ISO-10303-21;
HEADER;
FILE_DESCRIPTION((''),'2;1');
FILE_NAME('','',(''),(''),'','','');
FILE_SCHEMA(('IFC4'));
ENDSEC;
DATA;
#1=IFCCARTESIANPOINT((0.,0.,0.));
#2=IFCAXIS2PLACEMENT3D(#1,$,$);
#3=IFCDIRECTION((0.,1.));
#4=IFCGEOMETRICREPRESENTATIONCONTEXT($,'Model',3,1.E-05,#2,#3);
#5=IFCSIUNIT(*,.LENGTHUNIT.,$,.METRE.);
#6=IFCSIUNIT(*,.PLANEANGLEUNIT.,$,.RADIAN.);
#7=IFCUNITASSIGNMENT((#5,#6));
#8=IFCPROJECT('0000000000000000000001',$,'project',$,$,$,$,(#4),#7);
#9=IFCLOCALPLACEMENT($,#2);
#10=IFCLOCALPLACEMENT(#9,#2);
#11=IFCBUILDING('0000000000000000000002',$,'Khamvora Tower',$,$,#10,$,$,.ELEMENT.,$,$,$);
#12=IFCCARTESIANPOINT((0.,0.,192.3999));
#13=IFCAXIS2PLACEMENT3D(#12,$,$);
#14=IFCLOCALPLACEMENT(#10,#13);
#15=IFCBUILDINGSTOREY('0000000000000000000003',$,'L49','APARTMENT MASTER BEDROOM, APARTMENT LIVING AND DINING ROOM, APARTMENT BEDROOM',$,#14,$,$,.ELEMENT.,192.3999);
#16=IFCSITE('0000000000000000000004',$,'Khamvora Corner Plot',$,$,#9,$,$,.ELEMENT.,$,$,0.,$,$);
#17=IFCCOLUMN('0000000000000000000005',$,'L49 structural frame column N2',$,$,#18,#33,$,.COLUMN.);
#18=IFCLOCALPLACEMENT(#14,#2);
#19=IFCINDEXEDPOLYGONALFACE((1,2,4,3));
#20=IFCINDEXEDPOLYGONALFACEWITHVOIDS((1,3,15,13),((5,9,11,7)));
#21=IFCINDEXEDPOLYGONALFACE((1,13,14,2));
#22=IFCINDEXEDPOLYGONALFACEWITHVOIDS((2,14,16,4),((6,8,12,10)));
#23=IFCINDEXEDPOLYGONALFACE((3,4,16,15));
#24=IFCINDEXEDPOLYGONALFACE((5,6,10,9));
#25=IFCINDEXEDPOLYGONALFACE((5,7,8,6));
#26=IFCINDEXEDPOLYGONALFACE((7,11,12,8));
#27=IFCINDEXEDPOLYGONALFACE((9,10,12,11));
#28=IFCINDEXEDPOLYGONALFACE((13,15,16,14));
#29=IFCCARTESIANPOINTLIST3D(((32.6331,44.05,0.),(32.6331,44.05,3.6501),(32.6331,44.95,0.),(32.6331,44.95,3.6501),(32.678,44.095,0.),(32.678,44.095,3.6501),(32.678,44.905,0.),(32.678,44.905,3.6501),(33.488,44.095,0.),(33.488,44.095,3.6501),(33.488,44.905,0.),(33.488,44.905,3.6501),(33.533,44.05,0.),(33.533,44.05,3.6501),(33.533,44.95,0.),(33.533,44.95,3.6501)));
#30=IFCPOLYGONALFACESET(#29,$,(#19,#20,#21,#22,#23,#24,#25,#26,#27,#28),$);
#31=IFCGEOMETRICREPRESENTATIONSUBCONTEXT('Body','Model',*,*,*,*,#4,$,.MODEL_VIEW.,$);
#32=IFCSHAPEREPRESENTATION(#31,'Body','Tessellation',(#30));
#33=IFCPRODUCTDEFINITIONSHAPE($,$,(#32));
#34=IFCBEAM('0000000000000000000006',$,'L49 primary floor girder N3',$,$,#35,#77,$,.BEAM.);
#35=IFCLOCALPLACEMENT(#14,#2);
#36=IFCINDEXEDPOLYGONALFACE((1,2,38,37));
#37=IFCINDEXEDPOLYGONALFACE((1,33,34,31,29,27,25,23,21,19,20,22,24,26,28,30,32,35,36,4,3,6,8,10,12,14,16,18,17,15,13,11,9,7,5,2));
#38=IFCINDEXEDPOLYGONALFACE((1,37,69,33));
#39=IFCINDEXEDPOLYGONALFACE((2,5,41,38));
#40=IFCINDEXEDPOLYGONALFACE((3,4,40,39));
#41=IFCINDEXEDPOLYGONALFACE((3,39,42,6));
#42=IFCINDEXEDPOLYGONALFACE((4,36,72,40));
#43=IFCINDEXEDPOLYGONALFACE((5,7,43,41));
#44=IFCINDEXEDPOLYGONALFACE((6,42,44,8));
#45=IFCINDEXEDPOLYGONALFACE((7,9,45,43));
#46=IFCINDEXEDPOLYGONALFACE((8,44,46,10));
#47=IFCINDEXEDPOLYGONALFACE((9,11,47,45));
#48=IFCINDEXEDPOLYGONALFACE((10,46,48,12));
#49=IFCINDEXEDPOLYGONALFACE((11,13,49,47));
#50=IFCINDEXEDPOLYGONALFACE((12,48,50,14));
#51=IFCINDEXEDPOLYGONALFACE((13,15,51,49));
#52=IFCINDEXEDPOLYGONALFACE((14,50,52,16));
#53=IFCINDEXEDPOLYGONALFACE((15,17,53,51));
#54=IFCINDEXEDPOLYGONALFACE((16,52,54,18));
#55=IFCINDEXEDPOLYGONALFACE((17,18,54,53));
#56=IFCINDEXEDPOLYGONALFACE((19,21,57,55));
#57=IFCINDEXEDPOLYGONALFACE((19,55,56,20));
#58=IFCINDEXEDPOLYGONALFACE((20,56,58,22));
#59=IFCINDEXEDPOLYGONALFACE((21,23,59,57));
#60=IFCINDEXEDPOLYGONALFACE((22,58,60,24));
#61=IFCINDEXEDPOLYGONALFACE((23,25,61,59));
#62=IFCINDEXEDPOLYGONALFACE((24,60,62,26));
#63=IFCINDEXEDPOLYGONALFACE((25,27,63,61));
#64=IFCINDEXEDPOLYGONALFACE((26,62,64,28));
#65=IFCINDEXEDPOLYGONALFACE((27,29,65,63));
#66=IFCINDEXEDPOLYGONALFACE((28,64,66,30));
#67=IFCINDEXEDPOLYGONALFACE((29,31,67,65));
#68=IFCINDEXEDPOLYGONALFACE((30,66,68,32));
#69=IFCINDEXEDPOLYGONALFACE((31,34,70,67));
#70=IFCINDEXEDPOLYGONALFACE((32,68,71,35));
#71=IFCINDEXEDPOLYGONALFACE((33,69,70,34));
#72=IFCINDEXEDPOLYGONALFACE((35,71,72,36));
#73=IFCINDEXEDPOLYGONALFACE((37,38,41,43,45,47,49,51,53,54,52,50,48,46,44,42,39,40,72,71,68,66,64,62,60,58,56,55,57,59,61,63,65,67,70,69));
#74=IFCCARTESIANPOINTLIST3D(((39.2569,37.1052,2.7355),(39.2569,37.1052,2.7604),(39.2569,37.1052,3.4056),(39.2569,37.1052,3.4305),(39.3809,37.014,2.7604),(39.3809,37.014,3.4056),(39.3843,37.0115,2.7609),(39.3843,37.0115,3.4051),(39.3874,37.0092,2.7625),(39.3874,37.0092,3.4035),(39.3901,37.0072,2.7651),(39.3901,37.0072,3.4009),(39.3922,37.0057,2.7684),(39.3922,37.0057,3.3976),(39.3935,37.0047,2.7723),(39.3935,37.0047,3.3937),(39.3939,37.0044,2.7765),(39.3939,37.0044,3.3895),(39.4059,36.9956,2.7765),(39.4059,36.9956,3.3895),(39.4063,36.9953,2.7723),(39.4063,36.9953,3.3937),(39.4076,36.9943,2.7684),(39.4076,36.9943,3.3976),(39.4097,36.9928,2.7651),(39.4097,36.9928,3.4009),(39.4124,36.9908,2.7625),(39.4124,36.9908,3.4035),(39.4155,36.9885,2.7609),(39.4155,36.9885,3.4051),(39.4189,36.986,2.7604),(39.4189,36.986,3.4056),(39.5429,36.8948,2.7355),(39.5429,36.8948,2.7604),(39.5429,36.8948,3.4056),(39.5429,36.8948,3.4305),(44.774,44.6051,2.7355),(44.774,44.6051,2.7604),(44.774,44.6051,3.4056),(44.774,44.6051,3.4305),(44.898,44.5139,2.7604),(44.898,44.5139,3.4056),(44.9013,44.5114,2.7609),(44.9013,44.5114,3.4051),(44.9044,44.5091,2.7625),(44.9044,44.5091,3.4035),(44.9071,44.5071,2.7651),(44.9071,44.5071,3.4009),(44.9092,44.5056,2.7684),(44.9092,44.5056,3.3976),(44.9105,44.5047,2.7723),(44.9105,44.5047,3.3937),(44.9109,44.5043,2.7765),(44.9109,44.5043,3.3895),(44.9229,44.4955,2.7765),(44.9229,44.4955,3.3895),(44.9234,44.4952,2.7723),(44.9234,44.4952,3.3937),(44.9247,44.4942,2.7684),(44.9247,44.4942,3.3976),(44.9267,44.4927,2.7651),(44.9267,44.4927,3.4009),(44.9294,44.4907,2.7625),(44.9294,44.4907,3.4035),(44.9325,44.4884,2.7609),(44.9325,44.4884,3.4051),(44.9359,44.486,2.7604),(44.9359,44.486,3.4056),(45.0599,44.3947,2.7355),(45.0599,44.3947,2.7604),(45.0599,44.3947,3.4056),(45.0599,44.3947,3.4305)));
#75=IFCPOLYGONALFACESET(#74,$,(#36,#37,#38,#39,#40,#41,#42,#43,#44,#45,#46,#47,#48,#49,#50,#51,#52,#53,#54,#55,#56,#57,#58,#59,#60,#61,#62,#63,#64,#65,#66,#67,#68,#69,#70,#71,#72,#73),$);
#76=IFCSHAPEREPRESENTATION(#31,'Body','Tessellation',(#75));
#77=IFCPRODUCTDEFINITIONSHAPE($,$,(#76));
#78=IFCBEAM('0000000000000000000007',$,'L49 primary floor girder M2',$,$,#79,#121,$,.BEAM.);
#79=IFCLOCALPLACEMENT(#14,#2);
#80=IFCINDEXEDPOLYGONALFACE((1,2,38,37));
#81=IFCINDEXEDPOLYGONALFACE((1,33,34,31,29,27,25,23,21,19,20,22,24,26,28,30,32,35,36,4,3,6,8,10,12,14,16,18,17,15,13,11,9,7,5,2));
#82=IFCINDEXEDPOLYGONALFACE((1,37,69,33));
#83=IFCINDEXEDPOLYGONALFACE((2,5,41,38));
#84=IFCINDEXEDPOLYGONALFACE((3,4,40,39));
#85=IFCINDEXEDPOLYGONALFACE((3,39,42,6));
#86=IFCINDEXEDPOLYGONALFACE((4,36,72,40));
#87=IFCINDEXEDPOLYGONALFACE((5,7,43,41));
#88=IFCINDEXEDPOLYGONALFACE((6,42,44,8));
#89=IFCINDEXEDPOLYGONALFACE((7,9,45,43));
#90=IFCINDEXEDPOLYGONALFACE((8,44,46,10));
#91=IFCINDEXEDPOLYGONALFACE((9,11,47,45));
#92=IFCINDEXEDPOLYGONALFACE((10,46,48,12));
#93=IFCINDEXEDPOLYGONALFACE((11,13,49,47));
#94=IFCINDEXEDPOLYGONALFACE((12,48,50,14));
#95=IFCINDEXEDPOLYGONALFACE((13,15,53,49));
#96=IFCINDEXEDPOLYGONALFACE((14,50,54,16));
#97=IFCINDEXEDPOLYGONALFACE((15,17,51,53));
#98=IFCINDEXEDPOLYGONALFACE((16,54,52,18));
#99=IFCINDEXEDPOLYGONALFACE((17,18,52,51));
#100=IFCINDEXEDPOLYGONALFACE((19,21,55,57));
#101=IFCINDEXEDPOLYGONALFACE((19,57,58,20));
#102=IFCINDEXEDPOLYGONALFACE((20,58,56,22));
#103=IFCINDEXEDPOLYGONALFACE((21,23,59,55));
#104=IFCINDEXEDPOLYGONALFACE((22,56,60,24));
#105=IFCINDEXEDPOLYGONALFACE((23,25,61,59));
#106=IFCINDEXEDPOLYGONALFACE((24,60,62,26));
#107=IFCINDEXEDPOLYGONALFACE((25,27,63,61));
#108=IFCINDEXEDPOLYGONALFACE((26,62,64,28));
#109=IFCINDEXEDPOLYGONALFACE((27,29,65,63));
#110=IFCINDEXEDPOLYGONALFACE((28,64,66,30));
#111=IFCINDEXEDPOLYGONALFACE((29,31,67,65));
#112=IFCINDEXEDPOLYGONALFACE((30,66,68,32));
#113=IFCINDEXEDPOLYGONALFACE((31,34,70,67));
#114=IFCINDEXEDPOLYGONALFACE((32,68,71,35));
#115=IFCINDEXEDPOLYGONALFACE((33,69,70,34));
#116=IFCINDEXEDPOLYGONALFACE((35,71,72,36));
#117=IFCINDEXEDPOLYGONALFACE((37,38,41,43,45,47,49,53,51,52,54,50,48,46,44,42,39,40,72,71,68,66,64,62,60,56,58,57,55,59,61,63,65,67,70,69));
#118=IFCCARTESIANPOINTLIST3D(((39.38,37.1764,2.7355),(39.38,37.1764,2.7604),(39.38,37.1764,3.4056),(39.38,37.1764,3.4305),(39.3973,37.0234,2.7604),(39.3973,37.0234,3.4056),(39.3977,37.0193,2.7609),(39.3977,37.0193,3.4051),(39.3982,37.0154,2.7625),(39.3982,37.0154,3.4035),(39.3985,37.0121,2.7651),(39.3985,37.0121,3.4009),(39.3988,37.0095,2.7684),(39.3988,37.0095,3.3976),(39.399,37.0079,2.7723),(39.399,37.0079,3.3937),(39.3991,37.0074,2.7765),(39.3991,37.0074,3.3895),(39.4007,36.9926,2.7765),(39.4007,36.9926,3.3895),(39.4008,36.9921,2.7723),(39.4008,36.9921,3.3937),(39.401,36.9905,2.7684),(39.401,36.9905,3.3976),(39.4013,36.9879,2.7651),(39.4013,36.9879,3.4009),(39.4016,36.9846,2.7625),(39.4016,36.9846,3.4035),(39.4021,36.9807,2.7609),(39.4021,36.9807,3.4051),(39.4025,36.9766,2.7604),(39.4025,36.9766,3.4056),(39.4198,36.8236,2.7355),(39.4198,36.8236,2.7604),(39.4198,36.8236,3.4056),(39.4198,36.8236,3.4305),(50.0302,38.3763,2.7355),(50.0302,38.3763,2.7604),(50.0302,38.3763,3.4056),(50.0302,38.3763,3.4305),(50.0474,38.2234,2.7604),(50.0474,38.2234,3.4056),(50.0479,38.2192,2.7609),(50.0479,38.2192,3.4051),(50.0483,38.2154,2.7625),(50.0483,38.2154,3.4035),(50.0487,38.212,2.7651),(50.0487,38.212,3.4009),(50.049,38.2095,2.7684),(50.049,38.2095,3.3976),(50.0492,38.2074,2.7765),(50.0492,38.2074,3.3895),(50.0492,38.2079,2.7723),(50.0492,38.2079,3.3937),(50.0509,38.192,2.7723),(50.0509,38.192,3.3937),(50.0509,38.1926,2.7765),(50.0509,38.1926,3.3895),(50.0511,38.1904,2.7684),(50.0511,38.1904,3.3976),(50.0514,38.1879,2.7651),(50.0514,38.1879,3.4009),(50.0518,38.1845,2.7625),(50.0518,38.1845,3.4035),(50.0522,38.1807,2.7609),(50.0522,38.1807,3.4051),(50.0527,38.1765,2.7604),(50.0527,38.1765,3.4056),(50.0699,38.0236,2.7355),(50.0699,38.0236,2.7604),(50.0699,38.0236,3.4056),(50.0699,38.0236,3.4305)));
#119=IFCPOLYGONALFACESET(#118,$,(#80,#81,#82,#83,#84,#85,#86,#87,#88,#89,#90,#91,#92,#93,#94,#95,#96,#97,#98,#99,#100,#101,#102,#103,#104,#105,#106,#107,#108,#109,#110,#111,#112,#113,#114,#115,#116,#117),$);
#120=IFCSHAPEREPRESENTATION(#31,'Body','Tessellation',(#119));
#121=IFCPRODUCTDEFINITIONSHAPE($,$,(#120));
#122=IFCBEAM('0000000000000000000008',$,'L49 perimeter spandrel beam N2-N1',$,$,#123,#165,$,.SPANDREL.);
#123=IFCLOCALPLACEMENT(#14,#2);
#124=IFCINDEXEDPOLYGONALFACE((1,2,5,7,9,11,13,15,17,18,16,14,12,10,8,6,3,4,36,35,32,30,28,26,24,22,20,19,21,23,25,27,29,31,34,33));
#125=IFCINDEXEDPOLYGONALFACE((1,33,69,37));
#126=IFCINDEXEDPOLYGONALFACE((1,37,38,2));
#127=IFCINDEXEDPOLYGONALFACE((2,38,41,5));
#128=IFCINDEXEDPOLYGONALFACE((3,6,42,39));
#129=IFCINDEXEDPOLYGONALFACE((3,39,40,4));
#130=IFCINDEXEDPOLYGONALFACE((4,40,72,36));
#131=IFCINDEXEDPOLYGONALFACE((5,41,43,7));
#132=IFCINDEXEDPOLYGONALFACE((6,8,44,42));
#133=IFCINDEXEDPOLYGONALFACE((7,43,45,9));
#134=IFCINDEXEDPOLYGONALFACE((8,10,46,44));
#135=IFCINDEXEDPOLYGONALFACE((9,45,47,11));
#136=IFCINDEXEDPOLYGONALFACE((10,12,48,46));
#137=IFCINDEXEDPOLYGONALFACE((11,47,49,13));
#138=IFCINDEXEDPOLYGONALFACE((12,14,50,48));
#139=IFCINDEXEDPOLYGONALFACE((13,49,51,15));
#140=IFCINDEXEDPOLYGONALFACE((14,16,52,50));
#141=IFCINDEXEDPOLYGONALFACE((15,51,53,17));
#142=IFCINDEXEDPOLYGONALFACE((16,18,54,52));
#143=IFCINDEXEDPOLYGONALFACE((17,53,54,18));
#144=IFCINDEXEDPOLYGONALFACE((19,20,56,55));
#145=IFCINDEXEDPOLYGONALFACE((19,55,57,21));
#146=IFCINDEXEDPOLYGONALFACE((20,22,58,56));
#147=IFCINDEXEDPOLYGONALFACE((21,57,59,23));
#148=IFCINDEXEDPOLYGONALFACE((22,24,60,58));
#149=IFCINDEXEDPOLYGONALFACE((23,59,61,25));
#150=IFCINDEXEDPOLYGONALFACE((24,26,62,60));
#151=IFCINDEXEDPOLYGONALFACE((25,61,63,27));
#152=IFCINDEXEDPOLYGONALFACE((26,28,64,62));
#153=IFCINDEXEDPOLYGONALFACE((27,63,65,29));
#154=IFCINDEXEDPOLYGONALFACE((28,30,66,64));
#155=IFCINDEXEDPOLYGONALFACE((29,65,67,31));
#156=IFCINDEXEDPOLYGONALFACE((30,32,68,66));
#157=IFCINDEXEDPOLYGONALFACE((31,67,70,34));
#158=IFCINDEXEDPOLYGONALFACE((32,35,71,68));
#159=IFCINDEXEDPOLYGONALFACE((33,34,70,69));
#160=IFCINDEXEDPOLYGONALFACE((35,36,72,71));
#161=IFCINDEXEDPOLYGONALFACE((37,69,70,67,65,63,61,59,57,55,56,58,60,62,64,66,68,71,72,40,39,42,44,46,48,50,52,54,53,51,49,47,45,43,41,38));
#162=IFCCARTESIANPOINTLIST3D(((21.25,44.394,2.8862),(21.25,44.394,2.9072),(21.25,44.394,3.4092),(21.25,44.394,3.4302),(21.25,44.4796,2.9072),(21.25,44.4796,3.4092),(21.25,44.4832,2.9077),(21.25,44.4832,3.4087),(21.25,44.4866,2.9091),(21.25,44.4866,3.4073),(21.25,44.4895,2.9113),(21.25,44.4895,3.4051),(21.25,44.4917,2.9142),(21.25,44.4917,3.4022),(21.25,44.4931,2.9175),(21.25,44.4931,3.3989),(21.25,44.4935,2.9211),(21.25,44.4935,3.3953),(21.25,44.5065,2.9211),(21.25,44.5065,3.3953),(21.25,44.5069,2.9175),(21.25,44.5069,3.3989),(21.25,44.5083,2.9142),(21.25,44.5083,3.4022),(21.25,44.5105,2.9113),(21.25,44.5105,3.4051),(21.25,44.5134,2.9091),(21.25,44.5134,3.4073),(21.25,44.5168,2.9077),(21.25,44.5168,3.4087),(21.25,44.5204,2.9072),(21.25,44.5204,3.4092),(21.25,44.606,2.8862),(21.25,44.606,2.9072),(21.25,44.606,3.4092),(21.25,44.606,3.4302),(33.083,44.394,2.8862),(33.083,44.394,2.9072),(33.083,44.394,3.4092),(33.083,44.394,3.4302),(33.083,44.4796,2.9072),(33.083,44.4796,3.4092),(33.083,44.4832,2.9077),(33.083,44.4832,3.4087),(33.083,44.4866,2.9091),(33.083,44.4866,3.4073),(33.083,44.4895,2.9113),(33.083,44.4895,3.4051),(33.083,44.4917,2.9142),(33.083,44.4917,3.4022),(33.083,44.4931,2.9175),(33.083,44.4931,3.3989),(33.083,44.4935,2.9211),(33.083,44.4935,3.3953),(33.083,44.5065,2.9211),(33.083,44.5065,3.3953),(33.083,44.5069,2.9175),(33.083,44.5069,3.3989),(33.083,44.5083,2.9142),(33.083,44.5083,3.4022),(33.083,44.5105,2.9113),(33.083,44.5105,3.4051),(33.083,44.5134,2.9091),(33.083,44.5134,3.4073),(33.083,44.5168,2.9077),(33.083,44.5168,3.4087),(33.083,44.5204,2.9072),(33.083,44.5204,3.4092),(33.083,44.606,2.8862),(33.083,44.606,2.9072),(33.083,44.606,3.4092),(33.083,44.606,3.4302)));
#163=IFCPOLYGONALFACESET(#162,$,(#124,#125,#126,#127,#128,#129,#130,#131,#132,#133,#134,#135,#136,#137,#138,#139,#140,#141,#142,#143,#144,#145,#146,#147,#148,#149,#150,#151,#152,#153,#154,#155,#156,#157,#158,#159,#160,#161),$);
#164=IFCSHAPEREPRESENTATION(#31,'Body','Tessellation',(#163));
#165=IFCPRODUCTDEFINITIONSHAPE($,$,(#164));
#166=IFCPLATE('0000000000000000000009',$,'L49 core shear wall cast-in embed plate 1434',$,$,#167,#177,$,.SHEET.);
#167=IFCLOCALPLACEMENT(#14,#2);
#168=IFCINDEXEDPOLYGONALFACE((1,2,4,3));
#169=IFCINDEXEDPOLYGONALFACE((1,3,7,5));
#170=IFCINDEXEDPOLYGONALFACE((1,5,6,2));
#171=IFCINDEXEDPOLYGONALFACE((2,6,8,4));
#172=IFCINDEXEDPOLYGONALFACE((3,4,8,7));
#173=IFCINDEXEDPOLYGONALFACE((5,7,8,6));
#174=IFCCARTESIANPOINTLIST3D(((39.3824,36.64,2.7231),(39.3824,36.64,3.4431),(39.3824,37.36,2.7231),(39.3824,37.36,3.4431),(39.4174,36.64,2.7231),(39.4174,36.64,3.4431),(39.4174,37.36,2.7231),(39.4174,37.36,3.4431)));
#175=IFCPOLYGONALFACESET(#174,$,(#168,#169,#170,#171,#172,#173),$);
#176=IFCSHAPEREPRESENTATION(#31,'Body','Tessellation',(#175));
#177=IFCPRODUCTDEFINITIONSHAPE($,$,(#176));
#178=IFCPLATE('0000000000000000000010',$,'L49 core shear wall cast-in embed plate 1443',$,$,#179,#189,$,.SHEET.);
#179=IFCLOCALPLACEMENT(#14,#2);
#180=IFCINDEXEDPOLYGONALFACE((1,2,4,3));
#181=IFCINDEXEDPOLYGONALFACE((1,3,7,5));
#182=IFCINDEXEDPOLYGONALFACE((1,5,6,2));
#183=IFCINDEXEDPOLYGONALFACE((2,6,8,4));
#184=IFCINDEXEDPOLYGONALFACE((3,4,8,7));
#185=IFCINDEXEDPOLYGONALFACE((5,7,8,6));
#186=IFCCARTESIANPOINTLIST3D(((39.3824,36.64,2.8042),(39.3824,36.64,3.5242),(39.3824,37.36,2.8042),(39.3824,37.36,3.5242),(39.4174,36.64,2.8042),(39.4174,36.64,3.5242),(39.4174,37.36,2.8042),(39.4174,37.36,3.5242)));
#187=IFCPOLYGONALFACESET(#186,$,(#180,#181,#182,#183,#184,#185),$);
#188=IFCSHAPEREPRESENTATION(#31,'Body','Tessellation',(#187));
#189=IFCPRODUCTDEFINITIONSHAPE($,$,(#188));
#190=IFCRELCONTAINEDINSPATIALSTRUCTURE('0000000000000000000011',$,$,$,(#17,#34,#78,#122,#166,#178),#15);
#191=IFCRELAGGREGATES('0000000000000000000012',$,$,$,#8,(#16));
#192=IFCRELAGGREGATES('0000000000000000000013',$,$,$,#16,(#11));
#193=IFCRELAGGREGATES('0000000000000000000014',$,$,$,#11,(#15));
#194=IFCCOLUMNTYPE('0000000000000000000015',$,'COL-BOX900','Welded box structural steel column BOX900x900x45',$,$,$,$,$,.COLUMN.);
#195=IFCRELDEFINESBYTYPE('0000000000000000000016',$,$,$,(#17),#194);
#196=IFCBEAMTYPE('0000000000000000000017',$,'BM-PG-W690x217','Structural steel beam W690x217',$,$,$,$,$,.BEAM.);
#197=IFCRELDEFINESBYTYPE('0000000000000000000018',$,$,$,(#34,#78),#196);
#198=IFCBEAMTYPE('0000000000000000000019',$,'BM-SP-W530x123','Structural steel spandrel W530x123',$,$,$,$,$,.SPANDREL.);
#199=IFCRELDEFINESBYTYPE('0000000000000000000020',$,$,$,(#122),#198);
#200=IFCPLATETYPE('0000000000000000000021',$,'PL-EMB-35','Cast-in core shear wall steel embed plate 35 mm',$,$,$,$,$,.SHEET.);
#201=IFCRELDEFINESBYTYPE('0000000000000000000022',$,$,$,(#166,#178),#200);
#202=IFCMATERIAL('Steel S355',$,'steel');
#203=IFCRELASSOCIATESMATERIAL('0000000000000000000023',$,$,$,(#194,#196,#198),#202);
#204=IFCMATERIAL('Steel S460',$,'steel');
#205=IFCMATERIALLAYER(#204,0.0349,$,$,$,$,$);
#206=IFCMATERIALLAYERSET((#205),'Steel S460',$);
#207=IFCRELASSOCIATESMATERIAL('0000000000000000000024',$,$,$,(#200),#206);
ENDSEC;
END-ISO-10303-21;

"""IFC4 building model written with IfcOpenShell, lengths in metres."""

from ifc_helpers import new_model, si_unit, direction, frame, origin, origin_2d, place, context, subcontext, project, spatial, rectangle, hollow_rectangle, i_section, extrude, material, layer, layer_set, material_profile, profile_set, type_object, element, save


model = new_model("IFC4")

# Units and contexts
model_context = context("Model", 3, precision=1e-05, world=origin(), true_north=direction((0.0, 1.0)))
body_context = subcontext(model_context, "Body", "Model", "MODEL_VIEW")
ifc_project = project(units=[si_unit("LENGTHUNIT", "METRE"), si_unit("PLANEANGLEUNIT", "RADIAN")], contexts=[model_context])

# Site, building, storey
site_placement = place(None, origin())
site = spatial("IfcSite", under=ifc_project, at=site_placement, Name="Khamvora Corner Plot", CompositionType="ELEMENT", RefElevation=0.0)
building_placement = place(site_placement, origin())
building = spatial("IfcBuilding", under=site, at=building_placement, Name="Khamvora Tower", CompositionType="ELEMENT")
storey_placement = place(building_placement, frame((0.0, 0.0, 192.3999)))
storey = spatial("IfcBuildingStorey", under=building, at=storey_placement, Name="L49", Description="APARTMENT MASTER BEDROOM, APARTMENT LIVING AND DINING ROOM, APARTMENT BEDROOM", CompositionType="ELEMENT", Elevation=192.3999)

# Column
ifc_material_1 = material(Name="Steel S355", Category="steel")
ifc_material_profile_1 = material_profile(ifc_material_1, hollow_rectangle(XDim=0.8999, YDim=0.8999, WallThickness=0.0449, at=origin_2d()), Name="BOX900x900x45")
ifc_profile_set_1 = profile_set([ifc_material_profile_1], Name="Steel S355")
column_type = type_object("IfcColumnType", Name="COL-BOX900", Description="Welded box structural steel column BOX900x900x45", PredefinedType="COLUMN", material=ifc_profile_set_1)
column_placement = place(storey_placement, frame((33.083, 44.5, 0.0), z_axis=(0.0, 0.0, 1.0), x_axis=(1.0, 0.0, 0.0)))
element("IfcColumn", 1, at=column_placement, inside=storey, type_object=column_type, Name="L49 structural frame column N2", PredefinedType="COLUMN", context=body_context, shape_type="SweptSolid", body=[
    extrude(hollow_rectangle(XDim=0.8999, YDim=0.8999, WallThickness=0.0449, at=origin_2d()), origin(), (0.0, 0.0, 1.0), 3.6501),
])

# Beams
ifc_material_profile_2 = material_profile(ifc_material_1, i_section(OverallWidth=0.355, OverallDepth=0.6951, WebThickness=0.0149, FlangeThickness=0.0249, FilletRadius=0.0161, at=origin_2d()), Name="W690x217")
ifc_profile_set_2 = profile_set([ifc_material_profile_2], Name="Steel S355")
beam_type_1 = type_object("IfcBeamType", Name="BM-PG-W690x217", Description="Structural steel beam W690x217", PredefinedType="BEAM", material=ifc_profile_set_2)
beam_1_placement = place(storey_placement, frame((39.3999, 37.0, 3.083), z_axis=(0.592557, 0.805529, 0.0), x_axis=(-0.805529, 0.592557, 0.0)))
element("IfcBeam", 2, at=beam_1_placement, inside=storey, type_object=beam_type_1, Name="L49 primary floor girder N3", PredefinedType="BEAM", context=body_context, shape_type="SweptSolid", body=[
    extrude(i_section(OverallWidth=0.355, OverallDepth=0.6951, WebThickness=0.0149, FlangeThickness=0.0249, FilletRadius=0.0161, at=origin_2d()), origin(), (0.0, 0.0, 1.0), 9.3105),
])
beam_2_placement = place(storey_placement, frame((39.3999, 37.0, 3.083), z_axis=(0.993713, 0.111962, 0.0), x_axis=(-0.111962, 0.993713, 0.0)))
element("IfcBeam", 3, at=beam_2_placement, inside=storey, type_object=beam_type_1, Name="L49 primary floor girder M2", PredefinedType="BEAM", context=body_context, shape_type="SweptSolid", body=[
    extrude(i_section(OverallWidth=0.355, OverallDepth=0.6951, WebThickness=0.0149, FlangeThickness=0.0249, FilletRadius=0.0161, at=origin_2d()), origin(), (0.0, 0.0, 1.0), 10.7175),
])
ifc_material_profile_3 = material_profile(ifc_material_1, i_section(OverallWidth=0.2119, OverallDepth=0.5439, WebThickness=0.0129, FlangeThickness=0.021, FilletRadius=0.0139, at=origin_2d()), Name="W530x123")
ifc_profile_set_3 = profile_set([ifc_material_profile_3], Name="Steel S355")
beam_type_2 = type_object("IfcBeamType", Name="BM-SP-W530x123", Description="Structural steel spandrel W530x123", PredefinedType="SPANDREL", material=ifc_profile_set_3)
beam_3_placement = place(storey_placement, frame((33.083, 44.5, 3.1582), z_axis=(-1.0, 0.0, 0.0), x_axis=(0.0, -1.0, 0.0)))
element("IfcBeam", 4, at=beam_3_placement, inside=storey, type_object=beam_type_2, Name="L49 perimeter spandrel beam N2-N1", PredefinedType="SPANDREL", context=body_context, shape_type="SweptSolid", body=[
    extrude(i_section(OverallWidth=0.2119, OverallDepth=0.5439, WebThickness=0.0129, FlangeThickness=0.021, FilletRadius=0.0139, at=origin_2d()), origin(), (0.0, 0.0, 1.0), 11.833),
])

# Plates
ifc_material_2 = material(Name="Steel S460", Category="steel")
ifc_layer_1 = layer(ifc_material_2, 0.0349)
ifc_layer_set_1 = layer_set([ifc_layer_1], Name="Steel S460")
plate_type = type_object("IfcPlateType", Name="PL-EMB-35", Description="Cast-in core shear wall steel embed plate 35 mm", PredefinedType="SHEET", material=ifc_layer_set_1)
for number, where, z_axis, x_axis, name in (
    (5, (39.3999, 37.0, 2.7231), (0.0, 0.0, 1.0), (1.0, 0.0, 0.0), "L49 core shear wall cast-in embed plate 1434"),
    (6, (39.3999, 37.0, 2.8042), (0.0, 0.0, 1.0), (1.0, 0.0, 0.0), "L49 core shear wall cast-in embed plate 1443"),
):
    element("IfcPlate", number, at=place(storey_placement, frame(where, z_axis=z_axis, x_axis=x_axis)), inside=storey, type_object=plate_type, Name=name, PredefinedType="SHEET", context=body_context, shape_type="SweptSolid", body=[
        extrude(rectangle(XDim=0.0349, YDim=0.72, at=origin_2d()), origin(), (0.0, 0.0, 1.0), 0.72),
    ])

save(model, "model.ifc")
